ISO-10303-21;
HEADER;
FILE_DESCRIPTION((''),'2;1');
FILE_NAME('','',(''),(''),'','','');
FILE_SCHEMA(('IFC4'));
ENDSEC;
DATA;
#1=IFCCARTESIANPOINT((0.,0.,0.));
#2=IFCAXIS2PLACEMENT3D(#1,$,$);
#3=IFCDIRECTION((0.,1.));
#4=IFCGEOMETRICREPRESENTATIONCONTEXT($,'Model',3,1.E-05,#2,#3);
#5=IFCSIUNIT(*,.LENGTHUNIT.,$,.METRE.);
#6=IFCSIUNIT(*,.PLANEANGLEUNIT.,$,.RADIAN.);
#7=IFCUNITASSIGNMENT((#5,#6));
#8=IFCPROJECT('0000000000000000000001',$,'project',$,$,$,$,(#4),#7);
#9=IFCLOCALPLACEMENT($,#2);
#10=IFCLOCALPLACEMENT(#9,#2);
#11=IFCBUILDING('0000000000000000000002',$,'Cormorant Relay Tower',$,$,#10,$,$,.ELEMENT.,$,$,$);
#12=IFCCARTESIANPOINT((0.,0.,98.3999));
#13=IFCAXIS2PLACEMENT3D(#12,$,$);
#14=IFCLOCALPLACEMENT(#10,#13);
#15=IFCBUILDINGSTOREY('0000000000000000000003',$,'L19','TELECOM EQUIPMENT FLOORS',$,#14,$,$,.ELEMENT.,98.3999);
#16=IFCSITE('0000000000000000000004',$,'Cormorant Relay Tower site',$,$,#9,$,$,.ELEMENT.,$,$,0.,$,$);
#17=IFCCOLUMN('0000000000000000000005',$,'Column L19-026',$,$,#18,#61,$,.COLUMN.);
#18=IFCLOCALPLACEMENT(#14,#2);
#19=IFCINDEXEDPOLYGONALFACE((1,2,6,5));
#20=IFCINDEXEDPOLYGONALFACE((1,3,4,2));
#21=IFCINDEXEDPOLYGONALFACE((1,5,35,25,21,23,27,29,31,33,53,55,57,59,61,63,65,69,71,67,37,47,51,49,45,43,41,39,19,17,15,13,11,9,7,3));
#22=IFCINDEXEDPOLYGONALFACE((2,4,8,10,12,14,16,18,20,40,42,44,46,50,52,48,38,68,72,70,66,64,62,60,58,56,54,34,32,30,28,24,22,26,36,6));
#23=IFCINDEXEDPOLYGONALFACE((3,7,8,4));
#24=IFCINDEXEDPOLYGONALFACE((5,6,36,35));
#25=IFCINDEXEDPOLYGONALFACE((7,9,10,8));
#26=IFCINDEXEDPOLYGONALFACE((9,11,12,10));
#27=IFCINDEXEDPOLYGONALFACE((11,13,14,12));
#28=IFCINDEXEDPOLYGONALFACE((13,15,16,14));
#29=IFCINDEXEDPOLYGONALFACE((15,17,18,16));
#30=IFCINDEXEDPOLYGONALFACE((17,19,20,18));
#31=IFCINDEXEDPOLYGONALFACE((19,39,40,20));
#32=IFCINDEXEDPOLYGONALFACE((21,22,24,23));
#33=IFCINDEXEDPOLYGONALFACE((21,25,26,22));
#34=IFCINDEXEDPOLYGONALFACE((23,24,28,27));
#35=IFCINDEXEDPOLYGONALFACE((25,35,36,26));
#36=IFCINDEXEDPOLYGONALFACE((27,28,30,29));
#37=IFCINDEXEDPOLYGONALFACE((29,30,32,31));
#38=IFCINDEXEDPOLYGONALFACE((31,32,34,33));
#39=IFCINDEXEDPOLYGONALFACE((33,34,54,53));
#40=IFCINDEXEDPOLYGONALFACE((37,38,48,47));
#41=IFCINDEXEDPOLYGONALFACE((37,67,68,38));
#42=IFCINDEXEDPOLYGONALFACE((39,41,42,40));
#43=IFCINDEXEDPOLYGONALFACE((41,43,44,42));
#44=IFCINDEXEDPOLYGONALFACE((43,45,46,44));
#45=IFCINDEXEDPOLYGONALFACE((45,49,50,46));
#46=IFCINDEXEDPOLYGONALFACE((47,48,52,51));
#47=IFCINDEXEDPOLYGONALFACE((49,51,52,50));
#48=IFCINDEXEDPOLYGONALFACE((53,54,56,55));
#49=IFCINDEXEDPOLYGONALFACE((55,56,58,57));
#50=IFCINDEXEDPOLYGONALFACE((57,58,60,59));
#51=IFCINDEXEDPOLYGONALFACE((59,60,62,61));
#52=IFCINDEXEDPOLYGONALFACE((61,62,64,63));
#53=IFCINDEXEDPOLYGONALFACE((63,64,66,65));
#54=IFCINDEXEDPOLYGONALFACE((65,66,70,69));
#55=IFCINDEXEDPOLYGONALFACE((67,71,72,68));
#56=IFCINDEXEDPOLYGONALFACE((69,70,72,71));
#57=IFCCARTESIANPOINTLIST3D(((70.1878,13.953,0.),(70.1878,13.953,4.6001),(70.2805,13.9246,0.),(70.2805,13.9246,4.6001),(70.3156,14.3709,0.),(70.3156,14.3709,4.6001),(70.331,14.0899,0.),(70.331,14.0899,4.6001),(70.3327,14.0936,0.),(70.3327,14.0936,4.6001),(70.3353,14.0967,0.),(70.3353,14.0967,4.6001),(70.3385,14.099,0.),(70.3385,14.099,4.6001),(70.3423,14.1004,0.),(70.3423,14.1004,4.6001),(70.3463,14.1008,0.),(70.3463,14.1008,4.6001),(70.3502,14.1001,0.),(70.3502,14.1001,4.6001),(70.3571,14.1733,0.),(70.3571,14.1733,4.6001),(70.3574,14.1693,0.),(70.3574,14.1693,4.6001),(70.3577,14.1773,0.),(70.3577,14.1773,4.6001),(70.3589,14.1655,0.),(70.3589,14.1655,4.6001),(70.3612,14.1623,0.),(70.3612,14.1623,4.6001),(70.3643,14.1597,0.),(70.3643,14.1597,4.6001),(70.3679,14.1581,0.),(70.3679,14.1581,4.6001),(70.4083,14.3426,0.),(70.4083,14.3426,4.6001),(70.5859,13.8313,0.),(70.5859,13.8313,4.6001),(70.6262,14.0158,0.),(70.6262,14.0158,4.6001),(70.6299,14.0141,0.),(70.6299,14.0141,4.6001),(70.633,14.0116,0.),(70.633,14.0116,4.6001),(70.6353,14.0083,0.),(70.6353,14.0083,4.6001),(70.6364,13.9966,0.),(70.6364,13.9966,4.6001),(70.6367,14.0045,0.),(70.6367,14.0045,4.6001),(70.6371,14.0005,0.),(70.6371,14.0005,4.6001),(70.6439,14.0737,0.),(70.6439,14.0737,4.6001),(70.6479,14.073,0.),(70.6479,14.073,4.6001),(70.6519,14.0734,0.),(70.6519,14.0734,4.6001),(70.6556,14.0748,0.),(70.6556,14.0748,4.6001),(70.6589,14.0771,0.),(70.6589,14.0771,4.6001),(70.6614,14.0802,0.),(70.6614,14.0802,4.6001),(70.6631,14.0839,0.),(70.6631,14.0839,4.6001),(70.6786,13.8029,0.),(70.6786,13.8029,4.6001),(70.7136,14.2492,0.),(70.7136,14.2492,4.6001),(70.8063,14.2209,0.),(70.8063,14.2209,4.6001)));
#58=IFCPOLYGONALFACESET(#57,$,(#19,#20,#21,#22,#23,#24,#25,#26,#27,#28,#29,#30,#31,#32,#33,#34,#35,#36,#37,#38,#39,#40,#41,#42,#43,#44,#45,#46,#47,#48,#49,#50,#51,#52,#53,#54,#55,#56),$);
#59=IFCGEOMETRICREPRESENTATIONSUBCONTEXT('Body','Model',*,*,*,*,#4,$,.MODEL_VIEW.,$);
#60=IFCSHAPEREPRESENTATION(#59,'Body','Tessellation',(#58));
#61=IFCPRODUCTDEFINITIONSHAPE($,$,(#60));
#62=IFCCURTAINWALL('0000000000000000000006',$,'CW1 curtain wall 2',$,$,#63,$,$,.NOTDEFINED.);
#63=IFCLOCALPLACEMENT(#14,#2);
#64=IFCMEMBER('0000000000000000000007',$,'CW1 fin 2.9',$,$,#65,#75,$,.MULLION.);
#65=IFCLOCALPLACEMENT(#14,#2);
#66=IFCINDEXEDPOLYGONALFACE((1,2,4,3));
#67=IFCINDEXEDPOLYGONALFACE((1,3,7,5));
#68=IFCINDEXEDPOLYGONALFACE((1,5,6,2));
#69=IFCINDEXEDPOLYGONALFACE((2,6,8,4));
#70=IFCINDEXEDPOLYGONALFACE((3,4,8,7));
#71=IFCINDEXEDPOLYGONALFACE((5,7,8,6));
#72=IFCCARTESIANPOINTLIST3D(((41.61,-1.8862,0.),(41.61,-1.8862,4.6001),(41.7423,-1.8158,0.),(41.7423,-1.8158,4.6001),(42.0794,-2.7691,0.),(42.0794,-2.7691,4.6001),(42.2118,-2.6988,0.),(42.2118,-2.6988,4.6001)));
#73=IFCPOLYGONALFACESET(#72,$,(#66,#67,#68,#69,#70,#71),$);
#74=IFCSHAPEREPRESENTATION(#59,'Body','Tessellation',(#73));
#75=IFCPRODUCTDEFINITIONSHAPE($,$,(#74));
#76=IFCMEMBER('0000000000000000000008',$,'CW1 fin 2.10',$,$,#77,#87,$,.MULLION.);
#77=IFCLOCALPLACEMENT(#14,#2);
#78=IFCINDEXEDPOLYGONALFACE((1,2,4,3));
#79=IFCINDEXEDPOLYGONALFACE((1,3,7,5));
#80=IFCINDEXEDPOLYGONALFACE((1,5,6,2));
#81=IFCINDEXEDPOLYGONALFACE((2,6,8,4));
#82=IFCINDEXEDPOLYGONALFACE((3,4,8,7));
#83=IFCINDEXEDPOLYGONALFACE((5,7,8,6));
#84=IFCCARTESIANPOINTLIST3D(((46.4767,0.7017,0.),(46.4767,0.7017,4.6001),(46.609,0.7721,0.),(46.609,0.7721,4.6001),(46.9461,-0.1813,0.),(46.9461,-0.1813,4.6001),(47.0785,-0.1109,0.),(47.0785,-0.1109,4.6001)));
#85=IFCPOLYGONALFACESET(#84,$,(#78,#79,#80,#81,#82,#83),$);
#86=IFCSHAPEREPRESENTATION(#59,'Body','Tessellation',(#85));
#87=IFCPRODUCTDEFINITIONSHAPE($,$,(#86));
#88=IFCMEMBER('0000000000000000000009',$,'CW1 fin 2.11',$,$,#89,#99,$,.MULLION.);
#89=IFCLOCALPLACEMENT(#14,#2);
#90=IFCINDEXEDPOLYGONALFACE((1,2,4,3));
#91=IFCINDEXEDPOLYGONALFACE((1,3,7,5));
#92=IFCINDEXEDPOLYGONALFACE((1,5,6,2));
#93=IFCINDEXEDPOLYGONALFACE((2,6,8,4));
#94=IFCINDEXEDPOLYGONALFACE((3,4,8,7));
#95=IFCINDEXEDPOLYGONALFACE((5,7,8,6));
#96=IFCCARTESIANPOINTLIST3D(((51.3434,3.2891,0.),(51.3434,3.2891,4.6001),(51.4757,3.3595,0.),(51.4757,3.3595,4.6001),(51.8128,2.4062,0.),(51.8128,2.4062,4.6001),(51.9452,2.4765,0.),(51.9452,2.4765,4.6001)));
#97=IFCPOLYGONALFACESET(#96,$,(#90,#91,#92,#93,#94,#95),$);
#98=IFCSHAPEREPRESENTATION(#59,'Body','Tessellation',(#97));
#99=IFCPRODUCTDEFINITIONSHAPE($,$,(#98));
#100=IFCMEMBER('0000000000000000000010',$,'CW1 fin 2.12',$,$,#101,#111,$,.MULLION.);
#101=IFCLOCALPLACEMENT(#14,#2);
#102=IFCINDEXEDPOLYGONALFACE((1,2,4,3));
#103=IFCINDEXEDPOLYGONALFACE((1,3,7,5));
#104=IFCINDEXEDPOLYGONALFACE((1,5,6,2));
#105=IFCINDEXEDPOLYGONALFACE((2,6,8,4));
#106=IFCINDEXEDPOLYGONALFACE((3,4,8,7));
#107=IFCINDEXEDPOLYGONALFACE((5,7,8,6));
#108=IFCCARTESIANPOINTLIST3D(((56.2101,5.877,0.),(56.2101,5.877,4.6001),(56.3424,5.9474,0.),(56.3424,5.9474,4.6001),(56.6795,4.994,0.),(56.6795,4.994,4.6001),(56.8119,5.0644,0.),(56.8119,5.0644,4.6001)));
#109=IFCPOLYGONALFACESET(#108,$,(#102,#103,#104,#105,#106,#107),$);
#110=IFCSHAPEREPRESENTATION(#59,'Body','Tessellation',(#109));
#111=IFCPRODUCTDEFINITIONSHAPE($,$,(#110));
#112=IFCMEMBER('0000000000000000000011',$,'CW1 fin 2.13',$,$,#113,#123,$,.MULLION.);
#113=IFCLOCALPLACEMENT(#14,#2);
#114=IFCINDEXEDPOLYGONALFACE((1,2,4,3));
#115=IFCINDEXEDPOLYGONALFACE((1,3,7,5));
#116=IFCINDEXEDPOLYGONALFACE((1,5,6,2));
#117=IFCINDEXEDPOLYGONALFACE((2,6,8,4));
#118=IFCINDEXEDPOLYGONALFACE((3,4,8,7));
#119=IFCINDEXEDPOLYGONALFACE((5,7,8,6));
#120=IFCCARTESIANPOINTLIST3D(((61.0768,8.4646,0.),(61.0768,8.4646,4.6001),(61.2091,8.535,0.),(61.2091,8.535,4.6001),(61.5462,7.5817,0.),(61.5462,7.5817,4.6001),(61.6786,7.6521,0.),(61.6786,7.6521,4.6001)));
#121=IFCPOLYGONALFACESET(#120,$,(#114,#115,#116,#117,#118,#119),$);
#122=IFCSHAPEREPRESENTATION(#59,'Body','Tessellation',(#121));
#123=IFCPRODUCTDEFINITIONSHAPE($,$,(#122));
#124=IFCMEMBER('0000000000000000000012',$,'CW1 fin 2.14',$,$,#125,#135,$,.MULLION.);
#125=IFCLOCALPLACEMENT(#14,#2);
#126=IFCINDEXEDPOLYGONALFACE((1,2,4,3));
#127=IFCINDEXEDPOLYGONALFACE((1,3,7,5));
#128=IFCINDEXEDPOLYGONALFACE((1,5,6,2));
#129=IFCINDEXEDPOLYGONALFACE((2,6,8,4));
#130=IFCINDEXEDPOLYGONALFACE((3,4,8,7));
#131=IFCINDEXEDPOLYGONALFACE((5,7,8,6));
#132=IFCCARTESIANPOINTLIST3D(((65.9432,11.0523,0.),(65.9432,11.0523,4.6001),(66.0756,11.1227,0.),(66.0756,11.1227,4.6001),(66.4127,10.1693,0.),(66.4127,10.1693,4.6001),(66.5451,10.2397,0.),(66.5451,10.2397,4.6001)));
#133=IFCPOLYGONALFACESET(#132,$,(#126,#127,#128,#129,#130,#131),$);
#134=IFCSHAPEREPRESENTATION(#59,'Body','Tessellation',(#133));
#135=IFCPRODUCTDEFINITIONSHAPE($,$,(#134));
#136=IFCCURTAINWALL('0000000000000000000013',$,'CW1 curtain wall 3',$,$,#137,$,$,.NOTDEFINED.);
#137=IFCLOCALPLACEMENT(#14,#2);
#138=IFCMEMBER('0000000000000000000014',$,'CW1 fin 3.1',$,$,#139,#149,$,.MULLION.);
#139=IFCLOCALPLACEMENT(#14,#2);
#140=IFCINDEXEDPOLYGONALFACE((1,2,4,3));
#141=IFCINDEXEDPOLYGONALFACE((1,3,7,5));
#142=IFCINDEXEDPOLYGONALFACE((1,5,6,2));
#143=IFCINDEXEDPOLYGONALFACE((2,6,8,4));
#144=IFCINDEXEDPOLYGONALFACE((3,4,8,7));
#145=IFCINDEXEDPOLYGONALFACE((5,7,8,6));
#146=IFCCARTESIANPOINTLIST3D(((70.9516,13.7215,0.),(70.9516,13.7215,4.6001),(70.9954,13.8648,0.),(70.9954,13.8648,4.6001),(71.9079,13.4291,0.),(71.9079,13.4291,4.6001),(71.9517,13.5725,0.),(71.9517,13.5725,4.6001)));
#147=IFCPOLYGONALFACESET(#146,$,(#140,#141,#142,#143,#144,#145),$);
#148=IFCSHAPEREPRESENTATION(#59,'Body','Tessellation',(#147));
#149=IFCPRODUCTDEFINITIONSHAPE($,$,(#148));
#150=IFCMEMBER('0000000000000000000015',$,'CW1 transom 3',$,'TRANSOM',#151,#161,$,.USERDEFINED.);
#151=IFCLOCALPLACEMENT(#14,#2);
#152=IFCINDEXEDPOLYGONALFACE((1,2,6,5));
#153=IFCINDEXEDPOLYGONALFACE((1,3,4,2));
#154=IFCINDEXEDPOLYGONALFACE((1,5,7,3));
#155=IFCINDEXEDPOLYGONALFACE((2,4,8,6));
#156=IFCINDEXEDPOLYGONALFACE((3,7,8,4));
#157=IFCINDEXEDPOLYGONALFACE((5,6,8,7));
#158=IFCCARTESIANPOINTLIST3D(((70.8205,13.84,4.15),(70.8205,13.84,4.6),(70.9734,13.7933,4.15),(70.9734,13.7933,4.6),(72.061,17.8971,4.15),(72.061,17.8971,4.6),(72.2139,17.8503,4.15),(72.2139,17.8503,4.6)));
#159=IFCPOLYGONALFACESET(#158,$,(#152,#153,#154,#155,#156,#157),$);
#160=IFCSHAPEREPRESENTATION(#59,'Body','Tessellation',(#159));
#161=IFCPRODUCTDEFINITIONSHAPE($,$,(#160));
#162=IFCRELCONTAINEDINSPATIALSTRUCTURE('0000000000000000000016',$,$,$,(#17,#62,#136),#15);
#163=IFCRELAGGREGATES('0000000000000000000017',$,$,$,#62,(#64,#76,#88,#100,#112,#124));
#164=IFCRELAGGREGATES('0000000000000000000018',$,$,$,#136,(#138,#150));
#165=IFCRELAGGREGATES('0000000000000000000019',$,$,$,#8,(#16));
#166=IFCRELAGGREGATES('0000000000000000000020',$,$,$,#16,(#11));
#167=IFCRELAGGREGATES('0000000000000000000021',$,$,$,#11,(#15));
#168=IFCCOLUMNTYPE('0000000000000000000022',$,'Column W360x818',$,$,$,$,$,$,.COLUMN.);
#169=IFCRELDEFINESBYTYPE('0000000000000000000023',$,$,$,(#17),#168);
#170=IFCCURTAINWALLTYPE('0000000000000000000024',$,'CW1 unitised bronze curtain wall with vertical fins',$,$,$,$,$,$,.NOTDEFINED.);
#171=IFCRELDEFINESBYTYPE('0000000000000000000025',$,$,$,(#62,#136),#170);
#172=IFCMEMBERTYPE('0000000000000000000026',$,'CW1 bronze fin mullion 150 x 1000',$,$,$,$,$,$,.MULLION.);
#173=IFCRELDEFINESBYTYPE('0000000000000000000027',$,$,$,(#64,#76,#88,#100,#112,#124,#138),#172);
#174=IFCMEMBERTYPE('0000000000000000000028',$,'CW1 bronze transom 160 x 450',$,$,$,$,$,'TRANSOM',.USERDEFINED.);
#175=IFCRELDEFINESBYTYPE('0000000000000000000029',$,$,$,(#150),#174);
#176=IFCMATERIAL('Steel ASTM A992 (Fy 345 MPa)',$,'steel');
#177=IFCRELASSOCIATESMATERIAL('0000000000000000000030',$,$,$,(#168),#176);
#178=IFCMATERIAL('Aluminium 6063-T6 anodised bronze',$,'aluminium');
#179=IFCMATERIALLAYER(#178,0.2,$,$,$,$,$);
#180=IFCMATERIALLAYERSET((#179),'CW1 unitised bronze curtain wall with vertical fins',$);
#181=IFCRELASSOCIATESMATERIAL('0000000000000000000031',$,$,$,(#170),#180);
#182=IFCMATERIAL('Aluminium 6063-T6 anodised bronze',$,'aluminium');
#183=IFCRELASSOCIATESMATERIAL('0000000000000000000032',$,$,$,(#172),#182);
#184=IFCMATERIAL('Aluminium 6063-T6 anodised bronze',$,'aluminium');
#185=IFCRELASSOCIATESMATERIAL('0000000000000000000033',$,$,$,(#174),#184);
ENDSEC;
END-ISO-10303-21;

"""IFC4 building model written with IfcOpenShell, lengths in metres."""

from ifc_helpers import new_model, si_unit, direction, frame, origin, origin_2d, place, context, subcontext, project, spatial, rectangle, i_section, extrude, material, layer, layer_set, material_profile, profile_set, type_object, element, aggregate, save


model = new_model("IFC4")

# Units and contexts
model_context = context("Model", 3, precision=1e-05, world=origin(), true_north=direction((0.0, 1.0)))
body_context = subcontext(model_context, "Body", "Model", "MODEL_VIEW")
ifc_project = project(units=[si_unit("LENGTHUNIT", "METRE"), si_unit("PLANEANGLEUNIT", "RADIAN")], contexts=[model_context])

# Site, building, storey
site_placement = place(None, origin())
site = spatial("IfcSite", under=ifc_project, at=site_placement, Name="Cormorant Relay Tower site", CompositionType="ELEMENT", RefElevation=0.0)
building_placement = place(site_placement, origin())
building = spatial("IfcBuilding", under=site, at=building_placement, Name="Cormorant Relay Tower", CompositionType="ELEMENT")
storey_placement = place(building_placement, frame((0.0, 0.0, 98.3999)))
storey = spatial("IfcBuildingStorey", under=building, at=storey_placement, Name="L19", Description="TELECOM EQUIPMENT FLOORS", CompositionType="ELEMENT", Elevation=98.3999)

# Column
ifc_material_1 = material(Name="Steel ASTM A992 (Fy 345 MPa)", Category="steel")
ifc_material_profile_1 = material_profile(ifc_material_1, i_section(OverallWidth=0.437, OverallDepth=0.5132, WebThickness=0.0605, FlangeThickness=0.0969, FilletRadius=0.0154, at=origin_2d()), Name="W360x818")
ifc_profile_set_1 = profile_set([ifc_material_profile_1], Name="Steel ASTM A992 (Fy 345 MPa)")
column_type_1 = type_object("IfcColumnType", Name="Column W360x818", PredefinedType="COLUMN", material=ifc_profile_set_1)
for number, where, z_axis, x_axis, name in (
    (1, (70.4971, 14.0869, 0.0), (0.0, 0.0, 1.0), (0.292372, 0.956305, 0.0), "Column L19-026"),
):
    element("IfcColumn", number, at=place(storey_placement, frame(where, z_axis=z_axis, x_axis=x_axis)), inside=storey, type_object=column_type_1, Name=name, PredefinedType="COLUMN", context=body_context, shape_type="SweptSolid", body=[
        extrude(i_section(OverallWidth=0.437, OverallDepth=0.5132, WebThickness=0.0605, FlangeThickness=0.0969, FilletRadius=0.0154, at=origin_2d()), origin(), (0.0, 0.0, 1.0), 4.6001),
    ])

# Curtain walls, members
ifc_material_2 = material(Name="Aluminium 6063-T6 anodised bronze", Category="aluminium")
ifc_layer_1 = layer(ifc_material_2, 0.2)
ifc_layer_set_1 = layer_set([ifc_layer_1], Name="CW1 unitised bronze curtain wall with vertical fins")
curtain_wall_type = type_object("IfcCurtainWallType", Name="CW1 unitised bronze curtain wall with vertical fins", PredefinedType="NOTDEFINED", material=ifc_layer_set_1)
curtain_wall_1_placement = place(storey_placement, origin())
curtain_wall_1 = element("IfcCurtainWall", 2, at=curtain_wall_1_placement, inside=storey, type_object=curtain_wall_type, Name="CW1 curtain wall 2", PredefinedType="NOTDEFINED")
ifc_material_3 = material(Name="Aluminium 6063-T6 anodised bronze", Category="aluminium")
ifc_material_profile_2 = material_profile(ifc_material_3, rectangle(XDim=0.1499, YDim=1.0, at=origin_2d()), Name="AL 150x1000")
ifc_profile_set_2 = profile_set([ifc_material_profile_2], Name="Aluminium 6063-T6 anodised bronze")
member_type_1 = type_object("IfcMemberType", Name="CW1 bronze fin mullion 150 x 1000", PredefinedType="MULLION", material=ifc_profile_set_2)
member_1_placement = place(storey_placement, frame((41.9109, -2.2925, 0.0), z_axis=(0.0, 0.0, 1.0), x_axis=(0.882948, 0.469472, 0.0)))
member_1 = element("IfcMember", 3, at=member_1_placement, type_object=member_type_1, Name="CW1 fin 2.9", PredefinedType="MULLION", context=body_context, shape_type="SweptSolid", body=[
    extrude(rectangle(XDim=0.1499, YDim=1.0, at=origin_2d()), origin(), (0.0, 0.0, 1.0), 4.6001),
])
member_2_placement = place(storey_placement, frame((46.7776, 0.2954, 0.0), z_axis=(0.0, 0.0, 1.0), x_axis=(0.882948, 0.469472, 0.0)))
member_2 = element("IfcMember", 4, at=member_2_placement, type_object=member_type_1, Name="CW1 fin 2.10", PredefinedType="MULLION", context=body_context, shape_type="SweptSolid", body=[
    extrude(rectangle(XDim=0.1499, YDim=1.0, at=origin_2d()), origin(), (0.0, 0.0, 1.0), 4.6001),
])
member_3_placement = place(storey_placement, frame((51.6443, 2.8828, 0.0), z_axis=(0.0, 0.0, 1.0), x_axis=(0.882948, 0.469472, 0.0)))
member_3 = element("IfcMember", 5, at=member_3_placement, type_object=member_type_1, Name="CW1 fin 2.11", PredefinedType="MULLION", context=body_context, shape_type="SweptSolid", body=[
    extrude(rectangle(XDim=0.1499, YDim=1.0, at=origin_2d()), origin(), (0.0, 0.0, 1.0), 4.6001),
])
member_4_placement = place(storey_placement, frame((56.511, 5.4707, 0.0), z_axis=(0.0, 0.0, 1.0), x_axis=(0.882948, 0.469472, 0.0)))
member_4 = element("IfcMember", 6, at=member_4_placement, type_object=member_type_1, Name="CW1 fin 2.12", PredefinedType="MULLION", context=body_context, shape_type="SweptSolid", body=[
    extrude(rectangle(XDim=0.1499, YDim=1.0, at=origin_2d()), origin(), (0.0, 0.0, 1.0), 4.6001),
])
member_5_placement = place(storey_placement, frame((61.3777, 8.0583, 0.0), z_axis=(0.0, 0.0, 1.0), x_axis=(0.882948, 0.469472, 0.0)))
member_5 = element("IfcMember", 7, at=member_5_placement, type_object=member_type_1, Name="CW1 fin 2.13", PredefinedType="MULLION", context=body_context, shape_type="SweptSolid", body=[
    extrude(rectangle(XDim=0.1499, YDim=1.0, at=origin_2d()), origin(), (0.0, 0.0, 1.0), 4.6001),
])
member_6_placement = place(storey_placement, frame((66.2441, 10.646, 0.0), z_axis=(0.0, 0.0, 1.0), x_axis=(0.882948, 0.469472, 0.0)))
member_6 = element("IfcMember", 8, at=member_6_placement, type_object=member_type_1, Name="CW1 fin 2.14", PredefinedType="MULLION", context=body_context, shape_type="SweptSolid", body=[
    extrude(rectangle(XDim=0.1499, YDim=1.0, at=origin_2d()), origin(), (0.0, 0.0, 1.0), 4.6001),
])
curtain_wall_2_placement = place(storey_placement, origin())
curtain_wall_2 = element("IfcCurtainWall", 9, at=curtain_wall_2_placement, inside=storey, type_object=curtain_wall_type, Name="CW1 curtain wall 3", PredefinedType="NOTDEFINED")
member_7_placement = place(storey_placement, frame((71.4517, 13.647, 0.0), z_axis=(0.0, 0.0, 1.0), x_axis=(0.292372, 0.956305, 0.0)))
member_7 = element("IfcMember", 10, at=member_7_placement, type_object=member_type_1, Name="CW1 fin 3.1", PredefinedType="MULLION", context=body_context, shape_type="SweptSolid", body=[
    extrude(rectangle(XDim=0.1499, YDim=1.0, at=origin_2d()), origin(), (0.0, 0.0, 1.0), 4.6001),
])
ifc_material_4 = material(Name="Aluminium 6063-T6 anodised bronze", Category="aluminium")
ifc_material_profile_3 = material_profile(ifc_material_4, rectangle(XDim=0.1599, YDim=0.45, at=origin_2d()), Name="AL 160x450")
ifc_profile_set_3 = profile_set([ifc_material_profile_3], Name="Aluminium 6063-T6 anodised bronze")
member_type_2 = type_object("IfcMemberType", Name="CW1 bronze transom 160 x 450", ElementType="TRANSOM", PredefinedType="USERDEFINED", material=ifc_profile_set_3)
member_8_placement = place(storey_placement, frame((70.897, 13.8167, 4.375), z_axis=(0.292391, 0.956299, 0.0), x_axis=(-0.956299, 0.292391, 0.0)))
member_8 = element("IfcMember", 11, at=member_8_placement, type_object=member_type_2, Name="CW1 transom 3", ObjectType="TRANSOM", PredefinedType="USERDEFINED", context=body_context, shape_type="SweptSolid", body=[
    extrude(rectangle(XDim=0.1599, YDim=0.45, at=origin_2d()), origin(), (0.0, 0.0, 1.0), 4.2424),
])

aggregate(curtain_wall_1, [member_1, member_2, member_3, member_4, member_5, member_6])
aggregate(curtain_wall_2, [member_7, member_8])

save(model, "model.ifc")
